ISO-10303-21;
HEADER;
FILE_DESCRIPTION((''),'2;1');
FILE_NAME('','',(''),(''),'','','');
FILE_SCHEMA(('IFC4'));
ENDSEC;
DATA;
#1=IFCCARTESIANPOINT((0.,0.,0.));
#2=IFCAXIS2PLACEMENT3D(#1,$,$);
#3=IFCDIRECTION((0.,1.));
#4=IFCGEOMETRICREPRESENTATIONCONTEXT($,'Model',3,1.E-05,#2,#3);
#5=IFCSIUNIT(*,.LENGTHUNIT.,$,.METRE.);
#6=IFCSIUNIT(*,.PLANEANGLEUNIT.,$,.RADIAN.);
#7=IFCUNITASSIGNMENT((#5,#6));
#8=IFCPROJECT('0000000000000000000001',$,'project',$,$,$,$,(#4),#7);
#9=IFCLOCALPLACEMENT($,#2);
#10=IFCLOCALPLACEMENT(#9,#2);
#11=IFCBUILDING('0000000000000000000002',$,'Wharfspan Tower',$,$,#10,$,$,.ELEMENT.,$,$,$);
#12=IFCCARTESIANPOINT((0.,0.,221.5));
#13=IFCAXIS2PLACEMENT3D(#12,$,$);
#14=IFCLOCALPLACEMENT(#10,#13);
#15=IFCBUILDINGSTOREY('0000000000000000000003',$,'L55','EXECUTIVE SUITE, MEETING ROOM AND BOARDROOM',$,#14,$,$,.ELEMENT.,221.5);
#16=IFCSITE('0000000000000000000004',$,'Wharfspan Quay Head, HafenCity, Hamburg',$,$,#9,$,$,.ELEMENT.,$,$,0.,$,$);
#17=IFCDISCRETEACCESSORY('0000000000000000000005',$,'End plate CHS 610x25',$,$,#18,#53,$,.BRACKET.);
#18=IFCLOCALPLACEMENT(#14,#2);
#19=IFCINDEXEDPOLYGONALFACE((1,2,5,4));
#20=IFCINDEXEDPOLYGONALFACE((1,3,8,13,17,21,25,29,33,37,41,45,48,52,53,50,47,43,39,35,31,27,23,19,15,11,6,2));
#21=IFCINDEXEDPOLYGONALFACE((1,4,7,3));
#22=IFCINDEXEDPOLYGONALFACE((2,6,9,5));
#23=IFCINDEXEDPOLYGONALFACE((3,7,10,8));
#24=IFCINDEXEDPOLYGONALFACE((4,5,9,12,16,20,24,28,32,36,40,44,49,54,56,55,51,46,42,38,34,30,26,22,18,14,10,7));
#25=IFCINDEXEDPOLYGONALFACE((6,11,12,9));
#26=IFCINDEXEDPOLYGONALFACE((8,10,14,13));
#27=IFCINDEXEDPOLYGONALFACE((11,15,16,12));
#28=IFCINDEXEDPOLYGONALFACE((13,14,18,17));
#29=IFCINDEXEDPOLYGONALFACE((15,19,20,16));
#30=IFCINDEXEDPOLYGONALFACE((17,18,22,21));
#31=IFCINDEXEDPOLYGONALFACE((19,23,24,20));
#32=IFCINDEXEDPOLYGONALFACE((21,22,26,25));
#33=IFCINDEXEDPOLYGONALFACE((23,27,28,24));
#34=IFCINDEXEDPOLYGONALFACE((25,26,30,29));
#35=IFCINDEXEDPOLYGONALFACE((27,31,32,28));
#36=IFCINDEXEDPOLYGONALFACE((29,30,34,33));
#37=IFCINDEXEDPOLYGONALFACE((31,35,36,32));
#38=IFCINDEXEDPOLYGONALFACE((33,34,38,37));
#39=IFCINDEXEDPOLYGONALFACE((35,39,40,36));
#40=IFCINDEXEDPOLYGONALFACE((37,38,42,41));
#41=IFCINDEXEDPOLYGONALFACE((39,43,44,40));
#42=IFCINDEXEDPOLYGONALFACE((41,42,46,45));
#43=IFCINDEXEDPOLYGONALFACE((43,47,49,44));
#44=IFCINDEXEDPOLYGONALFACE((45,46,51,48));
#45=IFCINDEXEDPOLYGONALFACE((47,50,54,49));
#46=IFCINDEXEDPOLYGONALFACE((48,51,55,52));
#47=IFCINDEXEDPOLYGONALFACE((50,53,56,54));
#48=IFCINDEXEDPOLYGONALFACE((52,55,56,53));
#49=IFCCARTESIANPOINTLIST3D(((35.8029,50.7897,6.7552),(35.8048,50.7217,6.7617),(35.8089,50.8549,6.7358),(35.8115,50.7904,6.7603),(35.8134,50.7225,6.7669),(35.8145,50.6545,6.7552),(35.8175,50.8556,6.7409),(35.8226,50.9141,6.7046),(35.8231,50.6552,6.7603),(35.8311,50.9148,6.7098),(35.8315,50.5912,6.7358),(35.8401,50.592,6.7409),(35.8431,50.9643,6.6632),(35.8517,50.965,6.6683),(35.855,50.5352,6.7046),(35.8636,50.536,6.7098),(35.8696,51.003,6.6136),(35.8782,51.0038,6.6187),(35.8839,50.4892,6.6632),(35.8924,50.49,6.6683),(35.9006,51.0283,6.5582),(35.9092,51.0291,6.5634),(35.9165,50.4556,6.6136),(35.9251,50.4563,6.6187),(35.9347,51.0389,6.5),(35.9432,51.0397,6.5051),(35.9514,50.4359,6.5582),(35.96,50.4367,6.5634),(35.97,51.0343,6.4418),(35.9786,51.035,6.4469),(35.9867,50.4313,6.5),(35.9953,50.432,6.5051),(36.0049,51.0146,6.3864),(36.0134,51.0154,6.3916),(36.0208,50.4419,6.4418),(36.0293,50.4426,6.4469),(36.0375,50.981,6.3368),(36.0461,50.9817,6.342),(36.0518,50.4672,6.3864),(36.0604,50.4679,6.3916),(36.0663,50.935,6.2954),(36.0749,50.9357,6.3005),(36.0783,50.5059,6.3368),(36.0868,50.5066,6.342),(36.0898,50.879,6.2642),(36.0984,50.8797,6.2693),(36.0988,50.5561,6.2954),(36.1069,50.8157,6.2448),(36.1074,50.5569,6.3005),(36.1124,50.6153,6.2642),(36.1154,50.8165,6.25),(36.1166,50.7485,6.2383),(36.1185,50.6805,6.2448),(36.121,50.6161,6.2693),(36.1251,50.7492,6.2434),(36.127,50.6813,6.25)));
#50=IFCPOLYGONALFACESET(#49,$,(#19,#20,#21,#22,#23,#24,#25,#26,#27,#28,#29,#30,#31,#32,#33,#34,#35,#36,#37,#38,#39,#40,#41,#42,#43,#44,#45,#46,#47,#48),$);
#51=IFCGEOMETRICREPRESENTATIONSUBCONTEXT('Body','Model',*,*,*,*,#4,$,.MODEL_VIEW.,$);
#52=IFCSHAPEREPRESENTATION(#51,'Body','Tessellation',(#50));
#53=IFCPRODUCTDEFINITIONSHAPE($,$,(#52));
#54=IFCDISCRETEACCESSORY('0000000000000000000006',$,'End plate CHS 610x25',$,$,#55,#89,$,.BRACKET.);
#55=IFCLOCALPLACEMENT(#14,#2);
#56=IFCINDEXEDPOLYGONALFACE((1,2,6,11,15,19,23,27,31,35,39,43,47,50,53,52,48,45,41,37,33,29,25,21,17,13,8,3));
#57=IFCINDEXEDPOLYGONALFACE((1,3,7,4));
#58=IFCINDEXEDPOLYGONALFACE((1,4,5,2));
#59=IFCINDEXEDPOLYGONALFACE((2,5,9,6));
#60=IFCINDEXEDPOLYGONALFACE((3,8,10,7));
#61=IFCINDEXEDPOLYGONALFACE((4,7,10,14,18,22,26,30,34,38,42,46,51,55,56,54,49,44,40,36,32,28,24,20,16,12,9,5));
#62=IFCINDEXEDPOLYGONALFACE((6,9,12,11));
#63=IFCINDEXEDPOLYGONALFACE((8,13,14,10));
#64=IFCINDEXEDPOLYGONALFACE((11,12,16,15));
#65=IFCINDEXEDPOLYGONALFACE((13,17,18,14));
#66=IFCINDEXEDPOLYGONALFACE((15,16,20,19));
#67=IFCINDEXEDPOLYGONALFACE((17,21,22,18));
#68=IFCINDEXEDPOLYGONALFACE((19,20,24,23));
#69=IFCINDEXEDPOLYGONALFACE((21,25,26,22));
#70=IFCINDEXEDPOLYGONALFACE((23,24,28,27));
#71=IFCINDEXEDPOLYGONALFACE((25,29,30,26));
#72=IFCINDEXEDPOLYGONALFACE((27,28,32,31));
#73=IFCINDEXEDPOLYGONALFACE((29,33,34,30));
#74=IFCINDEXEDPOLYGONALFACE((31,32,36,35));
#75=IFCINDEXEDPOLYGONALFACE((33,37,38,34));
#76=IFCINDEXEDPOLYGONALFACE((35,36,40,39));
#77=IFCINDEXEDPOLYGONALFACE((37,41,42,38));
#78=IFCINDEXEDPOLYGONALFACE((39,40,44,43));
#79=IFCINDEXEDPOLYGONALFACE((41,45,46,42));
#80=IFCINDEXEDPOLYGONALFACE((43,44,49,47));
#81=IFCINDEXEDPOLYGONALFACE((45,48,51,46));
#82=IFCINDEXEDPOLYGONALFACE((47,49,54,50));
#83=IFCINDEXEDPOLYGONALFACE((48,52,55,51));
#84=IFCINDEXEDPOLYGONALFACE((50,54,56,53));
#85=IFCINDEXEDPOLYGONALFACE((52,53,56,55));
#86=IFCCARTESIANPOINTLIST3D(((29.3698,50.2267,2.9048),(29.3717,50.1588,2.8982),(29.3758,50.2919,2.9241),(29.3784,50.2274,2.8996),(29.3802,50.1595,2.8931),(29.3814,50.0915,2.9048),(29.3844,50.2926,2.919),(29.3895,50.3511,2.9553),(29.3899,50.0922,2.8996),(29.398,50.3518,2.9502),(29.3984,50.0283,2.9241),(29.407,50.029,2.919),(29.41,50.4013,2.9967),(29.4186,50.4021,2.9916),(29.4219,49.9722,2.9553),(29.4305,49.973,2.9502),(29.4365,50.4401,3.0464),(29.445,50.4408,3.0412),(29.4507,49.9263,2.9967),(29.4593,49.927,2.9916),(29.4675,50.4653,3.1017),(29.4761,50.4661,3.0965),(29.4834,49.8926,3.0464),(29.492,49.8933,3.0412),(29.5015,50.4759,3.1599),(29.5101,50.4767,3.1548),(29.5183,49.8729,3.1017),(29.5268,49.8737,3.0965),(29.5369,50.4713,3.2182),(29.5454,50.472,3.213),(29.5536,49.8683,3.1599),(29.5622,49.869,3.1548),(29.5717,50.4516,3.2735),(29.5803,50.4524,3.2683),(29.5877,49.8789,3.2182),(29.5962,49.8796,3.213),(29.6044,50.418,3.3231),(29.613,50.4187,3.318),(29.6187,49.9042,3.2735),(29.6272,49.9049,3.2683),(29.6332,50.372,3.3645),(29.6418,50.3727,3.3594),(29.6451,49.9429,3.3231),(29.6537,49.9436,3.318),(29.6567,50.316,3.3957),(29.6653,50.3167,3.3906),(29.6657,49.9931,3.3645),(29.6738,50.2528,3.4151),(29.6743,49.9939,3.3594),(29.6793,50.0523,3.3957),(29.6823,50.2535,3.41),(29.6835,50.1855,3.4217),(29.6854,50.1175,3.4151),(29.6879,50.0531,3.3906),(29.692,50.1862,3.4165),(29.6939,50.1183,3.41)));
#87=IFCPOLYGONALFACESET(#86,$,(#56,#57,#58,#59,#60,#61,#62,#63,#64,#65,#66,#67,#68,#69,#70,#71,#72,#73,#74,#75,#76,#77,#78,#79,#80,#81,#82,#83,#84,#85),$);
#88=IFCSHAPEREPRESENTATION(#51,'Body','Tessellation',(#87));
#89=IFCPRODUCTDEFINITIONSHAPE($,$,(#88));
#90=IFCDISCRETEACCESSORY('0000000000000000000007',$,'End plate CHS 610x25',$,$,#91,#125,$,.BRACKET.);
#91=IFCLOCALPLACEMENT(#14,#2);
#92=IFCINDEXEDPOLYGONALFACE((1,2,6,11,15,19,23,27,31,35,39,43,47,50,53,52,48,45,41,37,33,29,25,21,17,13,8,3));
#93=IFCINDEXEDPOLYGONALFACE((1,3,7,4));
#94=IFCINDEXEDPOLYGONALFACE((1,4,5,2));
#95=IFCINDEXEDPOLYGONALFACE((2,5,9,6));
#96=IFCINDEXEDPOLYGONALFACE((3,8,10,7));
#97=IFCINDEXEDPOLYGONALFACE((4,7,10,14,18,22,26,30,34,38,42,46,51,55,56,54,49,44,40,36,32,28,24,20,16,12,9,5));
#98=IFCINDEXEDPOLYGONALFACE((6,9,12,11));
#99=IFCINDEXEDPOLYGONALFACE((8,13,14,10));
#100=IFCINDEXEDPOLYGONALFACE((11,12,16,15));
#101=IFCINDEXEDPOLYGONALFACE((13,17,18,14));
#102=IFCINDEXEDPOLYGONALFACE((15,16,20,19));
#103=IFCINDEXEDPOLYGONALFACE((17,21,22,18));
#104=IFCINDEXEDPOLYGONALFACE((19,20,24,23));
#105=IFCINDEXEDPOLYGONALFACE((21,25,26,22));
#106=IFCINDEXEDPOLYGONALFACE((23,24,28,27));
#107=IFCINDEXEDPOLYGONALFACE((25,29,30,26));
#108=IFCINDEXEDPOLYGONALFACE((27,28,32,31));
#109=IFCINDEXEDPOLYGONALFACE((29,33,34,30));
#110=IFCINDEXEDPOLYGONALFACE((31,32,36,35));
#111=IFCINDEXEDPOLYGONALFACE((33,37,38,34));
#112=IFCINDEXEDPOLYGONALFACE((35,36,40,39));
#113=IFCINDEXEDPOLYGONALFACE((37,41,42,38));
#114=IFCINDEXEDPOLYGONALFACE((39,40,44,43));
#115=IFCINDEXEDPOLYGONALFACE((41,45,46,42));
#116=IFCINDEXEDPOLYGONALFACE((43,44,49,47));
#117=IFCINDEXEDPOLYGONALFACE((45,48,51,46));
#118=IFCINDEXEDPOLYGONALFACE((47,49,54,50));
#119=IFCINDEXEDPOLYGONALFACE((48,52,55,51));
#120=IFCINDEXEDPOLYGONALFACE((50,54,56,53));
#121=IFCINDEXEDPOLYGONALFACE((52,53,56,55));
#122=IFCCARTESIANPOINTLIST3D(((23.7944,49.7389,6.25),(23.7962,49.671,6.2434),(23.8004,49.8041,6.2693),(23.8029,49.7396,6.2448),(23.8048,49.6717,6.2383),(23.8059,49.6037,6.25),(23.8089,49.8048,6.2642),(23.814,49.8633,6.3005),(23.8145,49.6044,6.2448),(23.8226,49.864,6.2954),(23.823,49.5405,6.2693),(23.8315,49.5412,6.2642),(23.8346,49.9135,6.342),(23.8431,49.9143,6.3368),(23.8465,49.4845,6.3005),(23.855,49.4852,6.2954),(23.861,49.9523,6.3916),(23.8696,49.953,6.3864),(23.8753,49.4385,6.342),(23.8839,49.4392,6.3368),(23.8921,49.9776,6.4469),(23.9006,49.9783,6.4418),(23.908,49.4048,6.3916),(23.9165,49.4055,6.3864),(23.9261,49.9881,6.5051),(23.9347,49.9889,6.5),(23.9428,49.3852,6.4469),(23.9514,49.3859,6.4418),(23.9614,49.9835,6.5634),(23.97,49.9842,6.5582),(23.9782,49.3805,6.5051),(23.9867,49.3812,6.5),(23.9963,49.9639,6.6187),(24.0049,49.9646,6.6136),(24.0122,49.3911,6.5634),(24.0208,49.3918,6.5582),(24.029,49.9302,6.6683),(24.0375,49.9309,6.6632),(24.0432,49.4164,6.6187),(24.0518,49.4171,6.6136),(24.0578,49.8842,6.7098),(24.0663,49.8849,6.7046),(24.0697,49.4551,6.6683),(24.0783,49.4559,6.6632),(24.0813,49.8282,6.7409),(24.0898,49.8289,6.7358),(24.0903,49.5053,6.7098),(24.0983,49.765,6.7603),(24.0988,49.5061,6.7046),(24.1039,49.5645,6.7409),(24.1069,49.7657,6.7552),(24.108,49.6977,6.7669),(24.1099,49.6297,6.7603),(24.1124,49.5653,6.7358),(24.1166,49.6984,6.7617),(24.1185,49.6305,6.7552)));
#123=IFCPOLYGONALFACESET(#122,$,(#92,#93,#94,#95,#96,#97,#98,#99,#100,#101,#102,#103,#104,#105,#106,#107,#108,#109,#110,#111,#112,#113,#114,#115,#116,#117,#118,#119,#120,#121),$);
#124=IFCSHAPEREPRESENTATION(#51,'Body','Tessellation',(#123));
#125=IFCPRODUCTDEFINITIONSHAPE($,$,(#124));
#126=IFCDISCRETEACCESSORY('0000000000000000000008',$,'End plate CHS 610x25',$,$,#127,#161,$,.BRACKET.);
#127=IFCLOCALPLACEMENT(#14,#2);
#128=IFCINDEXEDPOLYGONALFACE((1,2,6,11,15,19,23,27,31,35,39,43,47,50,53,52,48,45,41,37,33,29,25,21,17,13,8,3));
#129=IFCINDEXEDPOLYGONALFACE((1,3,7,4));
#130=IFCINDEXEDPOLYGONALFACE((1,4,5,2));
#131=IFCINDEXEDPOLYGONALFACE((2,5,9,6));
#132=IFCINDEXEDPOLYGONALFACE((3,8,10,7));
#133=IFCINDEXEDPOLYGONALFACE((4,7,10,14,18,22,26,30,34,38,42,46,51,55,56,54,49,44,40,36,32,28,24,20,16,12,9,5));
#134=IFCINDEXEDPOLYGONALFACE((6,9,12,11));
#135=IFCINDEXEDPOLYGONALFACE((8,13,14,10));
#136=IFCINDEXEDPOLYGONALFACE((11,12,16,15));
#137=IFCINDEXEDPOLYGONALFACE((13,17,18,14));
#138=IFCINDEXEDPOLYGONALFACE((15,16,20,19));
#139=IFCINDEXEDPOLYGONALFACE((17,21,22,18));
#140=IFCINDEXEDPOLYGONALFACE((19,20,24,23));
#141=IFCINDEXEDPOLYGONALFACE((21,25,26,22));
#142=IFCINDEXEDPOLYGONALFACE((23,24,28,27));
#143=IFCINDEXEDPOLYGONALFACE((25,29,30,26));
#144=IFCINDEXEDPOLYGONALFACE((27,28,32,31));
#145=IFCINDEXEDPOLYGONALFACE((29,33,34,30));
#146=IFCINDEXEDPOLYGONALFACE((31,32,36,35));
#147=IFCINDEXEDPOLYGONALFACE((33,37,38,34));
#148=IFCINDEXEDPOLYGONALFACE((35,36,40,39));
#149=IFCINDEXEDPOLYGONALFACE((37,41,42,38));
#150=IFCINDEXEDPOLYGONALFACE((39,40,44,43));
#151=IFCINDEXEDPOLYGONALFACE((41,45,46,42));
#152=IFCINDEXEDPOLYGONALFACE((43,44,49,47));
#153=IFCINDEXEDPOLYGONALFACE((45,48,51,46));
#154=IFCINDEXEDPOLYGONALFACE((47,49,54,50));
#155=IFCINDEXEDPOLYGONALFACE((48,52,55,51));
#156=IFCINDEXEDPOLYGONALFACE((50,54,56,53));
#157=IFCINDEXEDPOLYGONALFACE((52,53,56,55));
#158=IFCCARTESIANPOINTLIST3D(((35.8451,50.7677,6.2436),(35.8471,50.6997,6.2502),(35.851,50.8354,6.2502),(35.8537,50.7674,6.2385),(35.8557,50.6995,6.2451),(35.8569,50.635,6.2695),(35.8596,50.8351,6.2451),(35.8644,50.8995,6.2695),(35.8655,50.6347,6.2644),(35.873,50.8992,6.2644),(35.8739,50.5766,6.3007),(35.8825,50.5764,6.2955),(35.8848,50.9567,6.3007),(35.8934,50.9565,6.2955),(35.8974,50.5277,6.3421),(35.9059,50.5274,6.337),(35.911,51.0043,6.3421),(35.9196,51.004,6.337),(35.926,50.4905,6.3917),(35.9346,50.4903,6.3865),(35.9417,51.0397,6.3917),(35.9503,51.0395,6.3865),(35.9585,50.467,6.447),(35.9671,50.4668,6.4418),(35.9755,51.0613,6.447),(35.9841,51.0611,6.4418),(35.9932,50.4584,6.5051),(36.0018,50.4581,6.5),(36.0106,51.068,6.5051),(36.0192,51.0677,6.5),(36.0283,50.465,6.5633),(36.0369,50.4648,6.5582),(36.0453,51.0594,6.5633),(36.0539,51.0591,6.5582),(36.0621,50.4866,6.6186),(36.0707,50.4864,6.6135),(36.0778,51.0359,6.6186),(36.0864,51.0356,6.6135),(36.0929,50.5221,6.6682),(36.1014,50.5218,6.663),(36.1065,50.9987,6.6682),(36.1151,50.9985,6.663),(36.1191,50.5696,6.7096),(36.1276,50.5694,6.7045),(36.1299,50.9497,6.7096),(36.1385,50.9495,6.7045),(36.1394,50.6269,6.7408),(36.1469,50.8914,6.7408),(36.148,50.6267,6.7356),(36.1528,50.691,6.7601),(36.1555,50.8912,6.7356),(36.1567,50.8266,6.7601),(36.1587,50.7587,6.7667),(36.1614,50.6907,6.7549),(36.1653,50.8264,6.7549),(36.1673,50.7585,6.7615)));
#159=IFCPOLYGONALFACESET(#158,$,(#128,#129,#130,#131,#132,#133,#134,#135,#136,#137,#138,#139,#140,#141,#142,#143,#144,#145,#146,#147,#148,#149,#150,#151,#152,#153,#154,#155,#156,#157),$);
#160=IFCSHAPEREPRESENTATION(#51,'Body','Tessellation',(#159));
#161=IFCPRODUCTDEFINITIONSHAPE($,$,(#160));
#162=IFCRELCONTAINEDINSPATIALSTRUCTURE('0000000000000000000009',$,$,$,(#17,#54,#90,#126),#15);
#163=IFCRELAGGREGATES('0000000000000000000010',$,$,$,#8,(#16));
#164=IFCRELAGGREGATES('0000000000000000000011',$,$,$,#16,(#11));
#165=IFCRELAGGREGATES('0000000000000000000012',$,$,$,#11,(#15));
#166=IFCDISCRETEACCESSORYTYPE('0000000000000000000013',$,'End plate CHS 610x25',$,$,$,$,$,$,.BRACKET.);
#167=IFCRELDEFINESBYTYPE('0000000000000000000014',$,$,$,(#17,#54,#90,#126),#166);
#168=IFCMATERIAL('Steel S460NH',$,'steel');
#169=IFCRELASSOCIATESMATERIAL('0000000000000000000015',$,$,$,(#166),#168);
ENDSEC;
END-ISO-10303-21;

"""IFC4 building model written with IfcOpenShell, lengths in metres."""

from ifc_helpers import new_model, si_unit, direction, frame, origin, origin_2d, place, context, subcontext, project, spatial, circle, extrude, material, material_profile, profile_set, type_object, element, save


model = new_model("IFC4")

# Units and contexts
model_context = context("Model", 3, precision=1e-05, world=origin(), true_north=direction((0.0, 1.0)))
body_context = subcontext(model_context, "Body", "Model", "MODEL_VIEW")
ifc_project = project(units=[si_unit("LENGTHUNIT", "METRE"), si_unit("PLANEANGLEUNIT", "RADIAN")], contexts=[model_context])

# Site, building, storey
site_placement = place(None, origin())
site = spatial("IfcSite", under=ifc_project, at=site_placement, Name="Wharfspan Quay Head, HafenCity, Hamburg", CompositionType="ELEMENT", RefElevation=0.0)
building_placement = place(site_placement, origin())
building = spatial("IfcBuilding", under=site, at=building_placement, Name="Wharfspan Tower", CompositionType="ELEMENT")
storey_placement = place(building_placement, frame((0.0, 0.0, 221.5)))
storey = spatial("IfcBuildingStorey", under=building, at=storey_placement, Name="L55", Description="EXECUTIVE SUITE, MEETING ROOM AND BOARDROOM", CompositionType="ELEMENT", Elevation=221.5)

# Shared definitions
ifc_material_1 = material(Name="Steel S460NH", Category="steel")

# Discrete accessories
ifc_material_profile_1 = material_profile(ifc_material_1, circle(Radius=0.3049, at=origin_2d()))
ifc_profile_set_1 = profile_set([ifc_material_profile_1], Name="Steel S460NH")
discrete_accessory_type = type_object("IfcDiscreteAccessoryType", Name="End plate CHS 610x25", PredefinedType="BRACKET", material=ifc_profile_set_1)
for number, where, z_axis, x_axis, name in (
    (1, (35.9607, 50.7351, 6.5), (0.855186, 0.073302, 0.513112), (-0.085402, 0.996345, 0.000001), "End plate CHS 610x25"),
    (2, (29.5361, 50.1729, 3.1548), (-0.855186, -0.073302, 0.513112), (0.085402, -0.996345, 0.000001), "End plate CHS 610x25"),
    (3, (23.9607, 49.6851, 6.5), (-0.855186, -0.073302, 0.513112), (0.085402, -0.996345, 0.000001), "End plate CHS 610x25"),
    (4, (36.0105, 50.7629, 6.5), (-0.857236, 0.024492, 0.514341), (-0.028558, -0.999591, 0.000002), "End plate CHS 610x25"),
):
    element("IfcDiscreteAccessory", number, at=place(storey_placement, frame(where, z_axis=z_axis, x_axis=x_axis)), inside=storey, type_object=discrete_accessory_type, Name=name, PredefinedType="BRACKET", context=body_context, shape_type="SweptSolid", body=[
        extrude(circle(Radius=0.3049, at=origin_2d()), origin(), (0.0, 0.0, 1.0), 0.01),
    ])

save(model, "model.ifc")
